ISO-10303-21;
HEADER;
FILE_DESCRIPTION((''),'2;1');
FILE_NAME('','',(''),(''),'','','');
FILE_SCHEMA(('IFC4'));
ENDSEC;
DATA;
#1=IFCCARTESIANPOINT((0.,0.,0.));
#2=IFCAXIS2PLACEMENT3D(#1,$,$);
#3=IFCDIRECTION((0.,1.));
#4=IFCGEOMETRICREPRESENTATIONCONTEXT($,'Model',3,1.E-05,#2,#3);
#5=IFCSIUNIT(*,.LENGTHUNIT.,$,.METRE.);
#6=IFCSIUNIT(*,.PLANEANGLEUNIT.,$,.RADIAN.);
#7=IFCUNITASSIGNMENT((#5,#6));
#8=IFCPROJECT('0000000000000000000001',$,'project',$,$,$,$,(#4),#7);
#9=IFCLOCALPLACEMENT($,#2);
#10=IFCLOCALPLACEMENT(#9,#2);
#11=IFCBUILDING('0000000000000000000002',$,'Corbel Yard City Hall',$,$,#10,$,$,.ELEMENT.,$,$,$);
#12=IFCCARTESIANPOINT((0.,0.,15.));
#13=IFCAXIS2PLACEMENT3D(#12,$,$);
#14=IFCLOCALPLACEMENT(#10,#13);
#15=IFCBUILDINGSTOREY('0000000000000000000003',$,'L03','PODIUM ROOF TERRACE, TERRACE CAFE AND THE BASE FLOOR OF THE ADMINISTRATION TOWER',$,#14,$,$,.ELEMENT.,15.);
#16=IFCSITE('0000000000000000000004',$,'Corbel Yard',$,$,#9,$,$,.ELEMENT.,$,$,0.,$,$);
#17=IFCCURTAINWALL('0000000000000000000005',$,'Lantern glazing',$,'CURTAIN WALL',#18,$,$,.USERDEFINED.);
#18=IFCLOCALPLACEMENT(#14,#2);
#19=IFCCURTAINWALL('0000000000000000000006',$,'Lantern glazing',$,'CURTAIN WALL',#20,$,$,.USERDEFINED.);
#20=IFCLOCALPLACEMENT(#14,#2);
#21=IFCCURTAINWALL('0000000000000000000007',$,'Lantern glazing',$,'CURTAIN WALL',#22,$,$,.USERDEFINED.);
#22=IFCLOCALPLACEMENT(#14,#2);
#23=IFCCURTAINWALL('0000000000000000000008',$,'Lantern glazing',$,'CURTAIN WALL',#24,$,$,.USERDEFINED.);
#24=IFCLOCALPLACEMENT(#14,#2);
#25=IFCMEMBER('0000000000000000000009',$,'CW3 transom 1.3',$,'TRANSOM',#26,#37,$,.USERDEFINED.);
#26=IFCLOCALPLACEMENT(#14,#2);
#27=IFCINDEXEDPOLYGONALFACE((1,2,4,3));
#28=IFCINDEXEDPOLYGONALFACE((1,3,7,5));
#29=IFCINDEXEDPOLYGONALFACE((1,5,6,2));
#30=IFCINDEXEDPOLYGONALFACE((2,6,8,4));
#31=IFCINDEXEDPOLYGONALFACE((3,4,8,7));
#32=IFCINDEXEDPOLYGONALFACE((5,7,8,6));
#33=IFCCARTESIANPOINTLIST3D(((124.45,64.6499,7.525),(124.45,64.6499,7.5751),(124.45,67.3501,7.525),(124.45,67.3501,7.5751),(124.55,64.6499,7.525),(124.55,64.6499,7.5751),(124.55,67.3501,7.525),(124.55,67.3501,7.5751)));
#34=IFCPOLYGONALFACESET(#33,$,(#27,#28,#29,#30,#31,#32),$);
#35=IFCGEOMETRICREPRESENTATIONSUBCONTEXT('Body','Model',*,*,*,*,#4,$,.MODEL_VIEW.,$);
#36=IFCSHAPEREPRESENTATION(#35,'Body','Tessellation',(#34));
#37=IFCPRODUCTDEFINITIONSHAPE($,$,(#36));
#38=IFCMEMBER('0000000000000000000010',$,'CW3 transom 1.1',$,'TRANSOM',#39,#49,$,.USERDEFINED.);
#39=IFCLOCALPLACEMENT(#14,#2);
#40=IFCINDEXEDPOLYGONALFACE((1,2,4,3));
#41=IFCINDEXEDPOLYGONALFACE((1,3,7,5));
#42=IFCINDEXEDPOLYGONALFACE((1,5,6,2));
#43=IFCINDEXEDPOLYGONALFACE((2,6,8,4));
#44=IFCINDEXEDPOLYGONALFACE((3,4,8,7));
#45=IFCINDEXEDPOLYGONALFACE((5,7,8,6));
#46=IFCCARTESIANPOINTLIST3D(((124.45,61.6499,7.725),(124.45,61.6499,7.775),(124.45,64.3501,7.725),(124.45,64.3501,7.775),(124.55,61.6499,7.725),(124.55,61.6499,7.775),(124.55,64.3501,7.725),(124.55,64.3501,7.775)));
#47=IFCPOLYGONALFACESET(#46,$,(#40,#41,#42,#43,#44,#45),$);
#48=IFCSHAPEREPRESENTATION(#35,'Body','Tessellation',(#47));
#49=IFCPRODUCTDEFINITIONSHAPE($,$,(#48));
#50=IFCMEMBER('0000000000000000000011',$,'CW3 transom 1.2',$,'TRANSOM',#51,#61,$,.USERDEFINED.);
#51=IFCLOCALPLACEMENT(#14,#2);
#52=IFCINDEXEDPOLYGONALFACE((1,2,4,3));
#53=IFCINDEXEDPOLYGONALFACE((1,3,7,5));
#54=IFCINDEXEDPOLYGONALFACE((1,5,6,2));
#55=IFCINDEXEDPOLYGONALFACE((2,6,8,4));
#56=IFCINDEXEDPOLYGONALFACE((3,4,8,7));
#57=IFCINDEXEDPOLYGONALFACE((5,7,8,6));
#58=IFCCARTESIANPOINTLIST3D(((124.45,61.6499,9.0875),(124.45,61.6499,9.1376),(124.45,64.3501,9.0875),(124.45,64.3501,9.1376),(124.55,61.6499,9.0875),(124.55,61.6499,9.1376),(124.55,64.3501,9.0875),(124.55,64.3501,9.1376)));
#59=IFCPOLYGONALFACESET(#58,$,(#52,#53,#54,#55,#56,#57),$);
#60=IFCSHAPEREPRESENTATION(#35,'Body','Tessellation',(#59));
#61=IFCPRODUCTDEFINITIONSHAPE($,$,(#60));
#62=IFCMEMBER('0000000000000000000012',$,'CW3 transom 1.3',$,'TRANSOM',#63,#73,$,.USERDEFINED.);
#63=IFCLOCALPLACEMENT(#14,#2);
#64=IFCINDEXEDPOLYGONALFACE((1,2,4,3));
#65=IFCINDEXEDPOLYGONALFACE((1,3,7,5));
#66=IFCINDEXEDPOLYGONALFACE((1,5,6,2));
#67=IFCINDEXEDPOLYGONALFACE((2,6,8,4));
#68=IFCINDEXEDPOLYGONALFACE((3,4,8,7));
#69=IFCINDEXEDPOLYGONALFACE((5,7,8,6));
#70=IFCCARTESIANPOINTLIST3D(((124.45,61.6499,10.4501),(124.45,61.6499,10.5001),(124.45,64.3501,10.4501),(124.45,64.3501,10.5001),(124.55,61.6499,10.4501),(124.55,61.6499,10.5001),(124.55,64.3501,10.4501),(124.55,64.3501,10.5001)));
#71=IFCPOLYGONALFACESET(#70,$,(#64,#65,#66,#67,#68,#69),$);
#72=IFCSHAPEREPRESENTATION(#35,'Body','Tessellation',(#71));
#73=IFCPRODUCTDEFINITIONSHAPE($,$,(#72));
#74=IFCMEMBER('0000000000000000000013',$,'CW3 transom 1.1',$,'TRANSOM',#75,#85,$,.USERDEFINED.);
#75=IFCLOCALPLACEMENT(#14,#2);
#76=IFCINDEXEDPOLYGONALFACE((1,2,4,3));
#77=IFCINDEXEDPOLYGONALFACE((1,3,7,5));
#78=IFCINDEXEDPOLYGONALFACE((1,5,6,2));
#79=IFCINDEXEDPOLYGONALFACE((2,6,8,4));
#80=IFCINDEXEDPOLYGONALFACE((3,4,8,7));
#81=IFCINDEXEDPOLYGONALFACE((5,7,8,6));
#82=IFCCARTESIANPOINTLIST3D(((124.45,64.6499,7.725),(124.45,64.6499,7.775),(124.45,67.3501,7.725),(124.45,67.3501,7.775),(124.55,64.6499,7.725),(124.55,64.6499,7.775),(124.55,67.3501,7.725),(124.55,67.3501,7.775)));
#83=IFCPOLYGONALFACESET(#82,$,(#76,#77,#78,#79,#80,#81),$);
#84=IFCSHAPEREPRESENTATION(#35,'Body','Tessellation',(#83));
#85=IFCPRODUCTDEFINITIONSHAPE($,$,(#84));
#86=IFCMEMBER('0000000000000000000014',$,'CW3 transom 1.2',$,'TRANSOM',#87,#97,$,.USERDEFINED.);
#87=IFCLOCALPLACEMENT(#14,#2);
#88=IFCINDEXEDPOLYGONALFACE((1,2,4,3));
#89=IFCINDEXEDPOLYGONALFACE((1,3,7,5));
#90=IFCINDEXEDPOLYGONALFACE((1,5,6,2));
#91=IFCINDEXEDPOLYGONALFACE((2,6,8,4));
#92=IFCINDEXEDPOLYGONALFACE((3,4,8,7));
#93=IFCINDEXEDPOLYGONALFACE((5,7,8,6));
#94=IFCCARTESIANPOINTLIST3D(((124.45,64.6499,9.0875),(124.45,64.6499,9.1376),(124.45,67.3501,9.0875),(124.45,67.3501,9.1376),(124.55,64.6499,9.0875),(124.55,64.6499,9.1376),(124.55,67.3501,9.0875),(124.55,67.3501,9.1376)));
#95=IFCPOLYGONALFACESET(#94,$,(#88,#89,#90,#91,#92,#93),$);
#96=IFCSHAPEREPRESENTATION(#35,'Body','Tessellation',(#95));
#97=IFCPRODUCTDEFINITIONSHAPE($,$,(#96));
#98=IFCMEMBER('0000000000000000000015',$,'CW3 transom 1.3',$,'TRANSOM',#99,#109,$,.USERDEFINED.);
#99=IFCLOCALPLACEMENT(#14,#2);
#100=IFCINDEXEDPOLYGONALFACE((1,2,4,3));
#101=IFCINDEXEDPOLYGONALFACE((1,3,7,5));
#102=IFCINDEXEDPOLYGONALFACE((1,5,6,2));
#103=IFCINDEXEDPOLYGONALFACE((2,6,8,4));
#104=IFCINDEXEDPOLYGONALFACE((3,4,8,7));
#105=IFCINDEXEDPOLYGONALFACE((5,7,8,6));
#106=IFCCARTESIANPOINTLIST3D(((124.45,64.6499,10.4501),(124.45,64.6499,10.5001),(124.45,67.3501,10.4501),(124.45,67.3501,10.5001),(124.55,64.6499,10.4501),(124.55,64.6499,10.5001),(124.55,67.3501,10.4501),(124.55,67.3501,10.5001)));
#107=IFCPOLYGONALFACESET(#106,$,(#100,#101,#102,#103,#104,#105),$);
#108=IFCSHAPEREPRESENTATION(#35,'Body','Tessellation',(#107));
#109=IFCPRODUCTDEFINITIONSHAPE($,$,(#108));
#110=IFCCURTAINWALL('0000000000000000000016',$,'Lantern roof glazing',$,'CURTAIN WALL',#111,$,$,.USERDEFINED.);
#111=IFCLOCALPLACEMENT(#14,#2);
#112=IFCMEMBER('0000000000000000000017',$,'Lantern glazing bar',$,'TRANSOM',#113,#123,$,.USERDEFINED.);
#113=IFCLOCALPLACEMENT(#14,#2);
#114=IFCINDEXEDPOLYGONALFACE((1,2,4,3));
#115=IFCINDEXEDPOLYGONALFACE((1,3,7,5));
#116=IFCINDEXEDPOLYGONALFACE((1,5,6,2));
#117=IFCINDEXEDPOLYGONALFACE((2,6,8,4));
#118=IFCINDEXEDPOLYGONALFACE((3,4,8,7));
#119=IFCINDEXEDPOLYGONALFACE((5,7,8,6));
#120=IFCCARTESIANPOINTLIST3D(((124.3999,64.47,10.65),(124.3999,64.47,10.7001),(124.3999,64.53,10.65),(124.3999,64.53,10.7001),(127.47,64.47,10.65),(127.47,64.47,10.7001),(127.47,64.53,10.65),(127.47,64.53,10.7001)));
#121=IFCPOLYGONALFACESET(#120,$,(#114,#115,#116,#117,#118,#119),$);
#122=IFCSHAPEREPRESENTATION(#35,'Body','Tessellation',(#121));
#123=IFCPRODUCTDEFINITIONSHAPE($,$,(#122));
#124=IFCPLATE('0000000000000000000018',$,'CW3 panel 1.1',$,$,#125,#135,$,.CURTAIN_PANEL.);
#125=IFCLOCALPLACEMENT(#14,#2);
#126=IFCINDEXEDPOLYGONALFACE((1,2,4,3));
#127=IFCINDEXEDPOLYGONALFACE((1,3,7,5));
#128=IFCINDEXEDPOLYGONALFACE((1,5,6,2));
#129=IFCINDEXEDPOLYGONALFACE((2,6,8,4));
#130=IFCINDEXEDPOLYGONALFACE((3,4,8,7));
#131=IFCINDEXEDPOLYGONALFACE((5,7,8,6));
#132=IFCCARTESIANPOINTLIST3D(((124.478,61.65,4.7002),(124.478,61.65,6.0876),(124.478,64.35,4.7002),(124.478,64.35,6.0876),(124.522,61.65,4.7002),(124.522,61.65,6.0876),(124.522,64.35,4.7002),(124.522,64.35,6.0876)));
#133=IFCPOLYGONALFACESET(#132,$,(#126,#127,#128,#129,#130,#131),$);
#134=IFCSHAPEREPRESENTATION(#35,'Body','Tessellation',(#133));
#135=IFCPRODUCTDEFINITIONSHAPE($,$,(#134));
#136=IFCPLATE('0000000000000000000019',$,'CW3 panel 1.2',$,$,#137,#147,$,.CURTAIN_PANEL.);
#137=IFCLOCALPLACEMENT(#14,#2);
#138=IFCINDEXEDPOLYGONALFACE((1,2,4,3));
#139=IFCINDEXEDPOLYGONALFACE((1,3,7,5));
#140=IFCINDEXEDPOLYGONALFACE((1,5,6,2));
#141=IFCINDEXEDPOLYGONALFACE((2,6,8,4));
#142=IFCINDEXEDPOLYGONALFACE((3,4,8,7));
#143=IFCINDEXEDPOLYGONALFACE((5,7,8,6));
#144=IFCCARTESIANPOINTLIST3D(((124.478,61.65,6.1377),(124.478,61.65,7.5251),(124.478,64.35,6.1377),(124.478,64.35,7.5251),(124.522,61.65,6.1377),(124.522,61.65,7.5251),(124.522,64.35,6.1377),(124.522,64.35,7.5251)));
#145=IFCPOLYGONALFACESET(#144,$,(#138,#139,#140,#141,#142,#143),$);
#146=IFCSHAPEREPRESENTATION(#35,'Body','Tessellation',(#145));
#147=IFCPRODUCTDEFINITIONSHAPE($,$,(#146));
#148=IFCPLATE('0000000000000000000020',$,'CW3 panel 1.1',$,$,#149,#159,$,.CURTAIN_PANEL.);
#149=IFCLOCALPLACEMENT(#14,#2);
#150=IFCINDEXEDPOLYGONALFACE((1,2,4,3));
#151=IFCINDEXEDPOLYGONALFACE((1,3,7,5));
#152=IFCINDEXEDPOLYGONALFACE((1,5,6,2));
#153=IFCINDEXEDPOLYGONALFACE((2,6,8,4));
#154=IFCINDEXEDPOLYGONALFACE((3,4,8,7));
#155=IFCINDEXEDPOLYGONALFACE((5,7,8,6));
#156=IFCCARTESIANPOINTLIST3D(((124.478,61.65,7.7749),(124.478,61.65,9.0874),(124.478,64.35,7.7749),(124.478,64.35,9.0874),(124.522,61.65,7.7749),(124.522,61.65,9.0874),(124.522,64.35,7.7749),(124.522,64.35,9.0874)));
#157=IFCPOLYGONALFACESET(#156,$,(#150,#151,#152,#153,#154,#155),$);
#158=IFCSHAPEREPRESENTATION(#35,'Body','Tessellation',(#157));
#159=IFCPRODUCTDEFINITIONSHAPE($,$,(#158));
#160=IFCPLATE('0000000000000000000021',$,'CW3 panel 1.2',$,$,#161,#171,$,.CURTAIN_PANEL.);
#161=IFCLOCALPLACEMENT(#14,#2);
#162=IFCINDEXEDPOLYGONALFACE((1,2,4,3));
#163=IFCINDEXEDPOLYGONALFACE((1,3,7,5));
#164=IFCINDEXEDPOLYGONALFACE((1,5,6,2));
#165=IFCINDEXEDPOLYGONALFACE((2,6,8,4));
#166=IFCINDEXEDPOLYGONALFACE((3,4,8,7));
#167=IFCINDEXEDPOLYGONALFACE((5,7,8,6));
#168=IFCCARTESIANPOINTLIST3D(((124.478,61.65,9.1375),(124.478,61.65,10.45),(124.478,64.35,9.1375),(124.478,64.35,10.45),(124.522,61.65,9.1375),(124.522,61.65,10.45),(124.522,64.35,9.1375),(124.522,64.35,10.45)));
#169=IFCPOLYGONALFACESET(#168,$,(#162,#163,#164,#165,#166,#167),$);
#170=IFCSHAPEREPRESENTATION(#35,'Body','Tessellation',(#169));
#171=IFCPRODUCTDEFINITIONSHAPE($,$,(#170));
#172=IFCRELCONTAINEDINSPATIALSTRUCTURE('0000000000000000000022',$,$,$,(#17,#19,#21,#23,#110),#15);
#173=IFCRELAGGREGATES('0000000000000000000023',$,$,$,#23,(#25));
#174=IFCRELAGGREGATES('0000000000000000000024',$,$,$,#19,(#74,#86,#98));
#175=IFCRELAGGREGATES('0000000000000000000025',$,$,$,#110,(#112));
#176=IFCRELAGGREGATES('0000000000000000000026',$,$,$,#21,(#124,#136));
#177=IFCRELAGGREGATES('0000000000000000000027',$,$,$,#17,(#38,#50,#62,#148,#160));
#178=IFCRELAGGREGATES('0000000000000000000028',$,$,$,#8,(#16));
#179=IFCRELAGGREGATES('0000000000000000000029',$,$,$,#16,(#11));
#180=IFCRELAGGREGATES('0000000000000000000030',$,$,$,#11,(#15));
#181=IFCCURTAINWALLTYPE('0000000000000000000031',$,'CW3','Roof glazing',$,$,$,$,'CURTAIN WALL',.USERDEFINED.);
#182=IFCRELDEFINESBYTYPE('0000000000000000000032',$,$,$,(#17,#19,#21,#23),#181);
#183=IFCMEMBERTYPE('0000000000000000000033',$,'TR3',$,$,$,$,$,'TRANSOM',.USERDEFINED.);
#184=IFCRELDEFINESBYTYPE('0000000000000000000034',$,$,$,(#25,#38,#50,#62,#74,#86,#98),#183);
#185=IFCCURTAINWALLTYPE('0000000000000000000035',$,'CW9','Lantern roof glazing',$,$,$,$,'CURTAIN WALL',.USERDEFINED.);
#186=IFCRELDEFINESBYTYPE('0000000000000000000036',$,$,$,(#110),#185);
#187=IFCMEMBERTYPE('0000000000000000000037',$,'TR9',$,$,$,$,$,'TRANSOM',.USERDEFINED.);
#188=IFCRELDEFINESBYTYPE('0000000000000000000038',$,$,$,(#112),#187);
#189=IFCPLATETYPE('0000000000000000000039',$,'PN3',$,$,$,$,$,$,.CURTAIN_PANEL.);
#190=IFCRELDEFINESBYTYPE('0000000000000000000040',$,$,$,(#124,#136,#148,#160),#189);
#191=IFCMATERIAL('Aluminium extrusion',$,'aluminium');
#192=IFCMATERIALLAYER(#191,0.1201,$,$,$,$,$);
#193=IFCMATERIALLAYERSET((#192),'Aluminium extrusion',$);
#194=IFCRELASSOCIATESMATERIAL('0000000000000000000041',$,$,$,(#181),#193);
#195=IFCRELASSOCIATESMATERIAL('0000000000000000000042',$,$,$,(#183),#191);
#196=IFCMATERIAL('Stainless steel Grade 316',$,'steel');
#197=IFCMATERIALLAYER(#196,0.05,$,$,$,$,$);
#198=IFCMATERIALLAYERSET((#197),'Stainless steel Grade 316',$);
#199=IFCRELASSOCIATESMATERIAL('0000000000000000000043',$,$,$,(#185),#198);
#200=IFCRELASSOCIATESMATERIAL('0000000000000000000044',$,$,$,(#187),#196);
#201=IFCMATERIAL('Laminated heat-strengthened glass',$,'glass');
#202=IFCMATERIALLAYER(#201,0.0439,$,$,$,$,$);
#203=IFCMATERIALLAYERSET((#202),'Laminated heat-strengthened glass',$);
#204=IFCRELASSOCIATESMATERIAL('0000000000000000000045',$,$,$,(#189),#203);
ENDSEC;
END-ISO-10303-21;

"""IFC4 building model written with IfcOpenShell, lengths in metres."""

from ifc_helpers import new_model, si_unit, direction, frame, origin, origin_2d, place, context, subcontext, project, spatial, rectangle, extrude, material, layer, layer_set, material_profile, profile_set, type_object, element, aggregate, save


model = new_model("IFC4")

# Units and contexts
model_context = context("Model", 3, precision=1e-05, world=origin(), true_north=direction((0.0, 1.0)))
body_context = subcontext(model_context, "Body", "Model", "MODEL_VIEW")
ifc_project = project(units=[si_unit("LENGTHUNIT", "METRE"), si_unit("PLANEANGLEUNIT", "RADIAN")], contexts=[model_context])

# Site, building, storey
site_placement = place(None, origin())
site = spatial("IfcSite", under=ifc_project, at=site_placement, Name="Corbel Yard", CompositionType="ELEMENT", RefElevation=0.0)
building_placement = place(site_placement, origin())
building = spatial("IfcBuilding", under=site, at=building_placement, Name="Corbel Yard City Hall", CompositionType="ELEMENT")
storey_placement = place(building_placement, frame((0.0, 0.0, 15.0)))
storey = spatial("IfcBuildingStorey", under=building, at=storey_placement, Name="L03", Description="PODIUM ROOF TERRACE, TERRACE CAFE AND THE BASE FLOOR OF THE ADMINISTRATION TOWER", CompositionType="ELEMENT", Elevation=15.0)

# Shared definitions
ifc_material_1 = material(Name="Aluminium extrusion", Category="aluminium")
ifc_layer_1 = layer(ifc_material_1, 0.1201)
ifc_layer_set_1 = layer_set([ifc_layer_1], Name="Aluminium extrusion")
curtain_wall_type_1 = type_object("IfcCurtainWallType", Name="CW3", Description="Roof glazing", ElementType="CURTAIN WALL", PredefinedType="USERDEFINED", material=ifc_layer_set_1)

# Curtain wall
curtain_wall_1_placement = place(storey_placement, origin())
curtain_wall_1 = element("IfcCurtainWall", 1, at=curtain_wall_1_placement, inside=storey, type_object=curtain_wall_type_1, Name="Lantern glazing", ObjectType="CURTAIN WALL", PredefinedType="USERDEFINED")

# Curtain wall
curtain_wall_2_placement = place(storey_placement, origin())
curtain_wall_2 = element("IfcCurtainWall", 2, at=curtain_wall_2_placement, inside=storey, type_object=curtain_wall_type_1, Name="Lantern glazing", ObjectType="CURTAIN WALL", PredefinedType="USERDEFINED")

# Curtain walls, member
curtain_wall_3_placement = place(storey_placement, origin())
curtain_wall_3 = element("IfcCurtainWall", 3, at=curtain_wall_3_placement, inside=storey, type_object=curtain_wall_type_1, Name="Lantern glazing", ObjectType="CURTAIN WALL", PredefinedType="USERDEFINED")
ifc_material_profile_1 = material_profile(ifc_material_1, rectangle(XDim=0.1001, YDim=0.05, at=origin_2d()), Name="100x50")
ifc_profile_set_1 = profile_set([ifc_material_profile_1], Name="Aluminium extrusion")
member_type_1 = type_object("IfcMemberType", Name="TR3", ElementType="TRANSOM", PredefinedType="USERDEFINED", material=ifc_profile_set_1)
curtain_wall_4_placement = place(storey_placement, origin())
curtain_wall_4 = element("IfcCurtainWall", 4, at=curtain_wall_4_placement, inside=storey, type_object=curtain_wall_type_1, Name="Lantern glazing", ObjectType="CURTAIN WALL", PredefinedType="USERDEFINED")
member_1_placement = place(storey_placement, frame((124.5, 64.6499, 7.55), z_axis=(0.0, 1.0, 0.0), x_axis=(-1.0, 0.0, 0.0)))
member_1 = element("IfcMember", 5, at=member_1_placement, type_object=member_type_1, Name="CW3 transom 1.3", ObjectType="TRANSOM", PredefinedType="USERDEFINED", context=body_context, shape_type="SweptSolid", body=[
    extrude(rectangle(XDim=0.1001, YDim=0.05, at=origin_2d()), origin(), (0.0, 0.0, 1.0), 2.7002),
])
aggregate(curtain_wall_4, [member_1])

# Members
member_2_placement = place(storey_placement, frame((124.5, 61.6499, 7.75), z_axis=(0.0, 1.0, 0.0), x_axis=(-1.0, 0.0, 0.0)))
member_2 = element("IfcMember", 6, at=member_2_placement, type_object=member_type_1, Name="CW3 transom 1.1", ObjectType="TRANSOM", PredefinedType="USERDEFINED", context=body_context, shape_type="SweptSolid", body=[
    extrude(rectangle(XDim=0.1001, YDim=0.05, at=origin_2d()), origin(), (0.0, 0.0, 1.0), 2.7002),
])
member_3_placement = place(storey_placement, frame((124.5, 61.6499, 9.1125), z_axis=(0.0, 1.0, 0.0), x_axis=(-1.0, 0.0, 0.0)))
member_3 = element("IfcMember", 7, at=member_3_placement, type_object=member_type_1, Name="CW3 transom 1.2", ObjectType="TRANSOM", PredefinedType="USERDEFINED", context=body_context, shape_type="SweptSolid", body=[
    extrude(rectangle(XDim=0.1001, YDim=0.05, at=origin_2d()), origin(), (0.0, 0.0, 1.0), 2.7002),
])
member_4_placement = place(storey_placement, frame((124.5, 61.6499, 10.4751), z_axis=(0.0, 1.0, 0.0), x_axis=(-1.0, 0.0, 0.0)))
member_4 = element("IfcMember", 8, at=member_4_placement, type_object=member_type_1, Name="CW3 transom 1.3", ObjectType="TRANSOM", PredefinedType="USERDEFINED", context=body_context, shape_type="SweptSolid", body=[
    extrude(rectangle(XDim=0.1001, YDim=0.05, at=origin_2d()), origin(), (0.0, 0.0, 1.0), 2.7002),
])
member_5_placement = place(storey_placement, frame((124.5, 64.6499, 7.75), z_axis=(0.0, 1.0, 0.0), x_axis=(-1.0, 0.0, 0.0)))
member_5 = element("IfcMember", 9, at=member_5_placement, type_object=member_type_1, Name="CW3 transom 1.1", ObjectType="TRANSOM", PredefinedType="USERDEFINED", context=body_context, shape_type="SweptSolid", body=[
    extrude(rectangle(XDim=0.1001, YDim=0.05, at=origin_2d()), origin(), (0.0, 0.0, 1.0), 2.7002),
])
member_6_placement = place(storey_placement, frame((124.5, 64.6499, 9.1125), z_axis=(0.0, 1.0, 0.0), x_axis=(-1.0, 0.0, 0.0)))
member_6 = element("IfcMember", 10, at=member_6_placement, type_object=member_type_1, Name="CW3 transom 1.2", ObjectType="TRANSOM", PredefinedType="USERDEFINED", context=body_context, shape_type="SweptSolid", body=[
    extrude(rectangle(XDim=0.1001, YDim=0.05, at=origin_2d()), origin(), (0.0, 0.0, 1.0), 2.7002),
])
member_7_placement = place(storey_placement, frame((124.5, 64.6499, 10.4751), z_axis=(0.0, 1.0, 0.0), x_axis=(-1.0, 0.0, 0.0)))
member_7 = element("IfcMember", 11, at=member_7_placement, type_object=member_type_1, Name="CW3 transom 1.3", ObjectType="TRANSOM", PredefinedType="USERDEFINED", context=body_context, shape_type="SweptSolid", body=[
    extrude(rectangle(XDim=0.1001, YDim=0.05, at=origin_2d()), origin(), (0.0, 0.0, 1.0), 2.7002),
])
aggregate(curtain_wall_2, [member_5, member_6, member_7])

# Curtain wall, member
ifc_material_2 = material(Name="Stainless steel Grade 316", Category="steel")
ifc_layer_2 = layer(ifc_material_2, 0.05)
ifc_layer_set_2 = layer_set([ifc_layer_2], Name="Stainless steel Grade 316")
curtain_wall_type_2 = type_object("IfcCurtainWallType", Name="CW9", Description="Lantern roof glazing", ElementType="CURTAIN WALL", PredefinedType="USERDEFINED", material=ifc_layer_set_2)
curtain_wall_5_placement = place(storey_placement, origin())
curtain_wall_5 = element("IfcCurtainWall", 12, at=curtain_wall_5_placement, inside=storey, type_object=curtain_wall_type_2, Name="Lantern roof glazing", ObjectType="CURTAIN WALL", PredefinedType="USERDEFINED")
ifc_material_profile_2 = material_profile(ifc_material_2, rectangle(XDim=0.0601, YDim=0.05, at=origin_2d()), Name="60x50")
ifc_profile_set_2 = profile_set([ifc_material_profile_2], Name="Stainless steel Grade 316")
member_type_2 = type_object("IfcMemberType", Name="TR9", ElementType="TRANSOM", PredefinedType="USERDEFINED", material=ifc_profile_set_2)
member_8_placement = place(storey_placement, frame((124.3999, 64.5, 10.675), z_axis=(1.0, 0.0, 0.0), x_axis=(0.0, 1.0, 0.0)))
member_8 = element("IfcMember", 13, at=member_8_placement, type_object=member_type_2, Name="Lantern glazing bar", ObjectType="TRANSOM", PredefinedType="USERDEFINED", context=body_context, shape_type="SweptSolid", body=[
    extrude(rectangle(XDim=0.0601, YDim=0.05, at=origin_2d()), origin(), (0.0, 0.0, 1.0), 3.0701),
])
aggregate(curtain_wall_5, [member_8])

# Plates
ifc_material_3 = material(Name="Laminated heat-strengthened glass", Category="glass")
ifc_layer_3 = layer(ifc_material_3, 0.0439)
ifc_layer_set_3 = layer_set([ifc_layer_3], Name="Laminated heat-strengthened glass")
plate_type = type_object("IfcPlateType", Name="PN3", PredefinedType="CURTAIN_PANEL", material=ifc_layer_set_3)
plate_1_placement = place(storey_placement, frame((124.5, 63.0, 4.7002), z_axis=(0.0, 0.0, 1.0), x_axis=(0.0, 1.0, 0.0)))
plate_1 = element("IfcPlate", 14, at=plate_1_placement, type_object=plate_type, Name="CW3 panel 1.1", PredefinedType="CURTAIN_PANEL", context=body_context, shape_type="SweptSolid", body=[
    extrude(rectangle(XDim=2.7, YDim=0.0439, at=origin_2d()), origin(), (0.0, 0.0, 1.0), 1.3875),
])
plate_2_placement = place(storey_placement, frame((124.5, 63.0, 6.1377), z_axis=(0.0, 0.0, 1.0), x_axis=(0.0, 1.0, 0.0)))
plate_2 = element("IfcPlate", 15, at=plate_2_placement, type_object=plate_type, Name="CW3 panel 1.2", PredefinedType="CURTAIN_PANEL", context=body_context, shape_type="SweptSolid", body=[
    extrude(rectangle(XDim=2.7, YDim=0.0439, at=origin_2d()), origin(), (0.0, 0.0, 1.0), 1.3875),
])
aggregate(curtain_wall_3, [plate_1, plate_2])
plate_3_placement = place(storey_placement, frame((124.5, 63.0, 7.7749), z_axis=(0.0, 0.0, 1.0), x_axis=(0.0, 1.0, 0.0)))
plate_3 = element("IfcPlate", 16, at=plate_3_placement, type_object=plate_type, Name="CW3 panel 1.1", PredefinedType="CURTAIN_PANEL", context=body_context, shape_type="SweptSolid", body=[
    extrude(rectangle(XDim=2.7, YDim=0.0439, at=origin_2d()), origin(), (0.0, 0.0, 1.0), 1.3125),
])
plate_4_placement = place(storey_placement, frame((124.5, 63.0, 9.1375), z_axis=(0.0, 0.0, 1.0), x_axis=(0.0, 1.0, 0.0)))
plate_4 = element("IfcPlate", 17, at=plate_4_placement, type_object=plate_type, Name="CW3 panel 1.2", PredefinedType="CURTAIN_PANEL", context=body_context, shape_type="SweptSolid", body=[
    extrude(rectangle(XDim=2.7, YDim=0.0439, at=origin_2d()), origin(), (0.0, 0.0, 1.0), 1.3125),
])
aggregate(curtain_wall_1, [member_2, member_3, member_4, plate_3, plate_4])

save(model, "model.ifc")
